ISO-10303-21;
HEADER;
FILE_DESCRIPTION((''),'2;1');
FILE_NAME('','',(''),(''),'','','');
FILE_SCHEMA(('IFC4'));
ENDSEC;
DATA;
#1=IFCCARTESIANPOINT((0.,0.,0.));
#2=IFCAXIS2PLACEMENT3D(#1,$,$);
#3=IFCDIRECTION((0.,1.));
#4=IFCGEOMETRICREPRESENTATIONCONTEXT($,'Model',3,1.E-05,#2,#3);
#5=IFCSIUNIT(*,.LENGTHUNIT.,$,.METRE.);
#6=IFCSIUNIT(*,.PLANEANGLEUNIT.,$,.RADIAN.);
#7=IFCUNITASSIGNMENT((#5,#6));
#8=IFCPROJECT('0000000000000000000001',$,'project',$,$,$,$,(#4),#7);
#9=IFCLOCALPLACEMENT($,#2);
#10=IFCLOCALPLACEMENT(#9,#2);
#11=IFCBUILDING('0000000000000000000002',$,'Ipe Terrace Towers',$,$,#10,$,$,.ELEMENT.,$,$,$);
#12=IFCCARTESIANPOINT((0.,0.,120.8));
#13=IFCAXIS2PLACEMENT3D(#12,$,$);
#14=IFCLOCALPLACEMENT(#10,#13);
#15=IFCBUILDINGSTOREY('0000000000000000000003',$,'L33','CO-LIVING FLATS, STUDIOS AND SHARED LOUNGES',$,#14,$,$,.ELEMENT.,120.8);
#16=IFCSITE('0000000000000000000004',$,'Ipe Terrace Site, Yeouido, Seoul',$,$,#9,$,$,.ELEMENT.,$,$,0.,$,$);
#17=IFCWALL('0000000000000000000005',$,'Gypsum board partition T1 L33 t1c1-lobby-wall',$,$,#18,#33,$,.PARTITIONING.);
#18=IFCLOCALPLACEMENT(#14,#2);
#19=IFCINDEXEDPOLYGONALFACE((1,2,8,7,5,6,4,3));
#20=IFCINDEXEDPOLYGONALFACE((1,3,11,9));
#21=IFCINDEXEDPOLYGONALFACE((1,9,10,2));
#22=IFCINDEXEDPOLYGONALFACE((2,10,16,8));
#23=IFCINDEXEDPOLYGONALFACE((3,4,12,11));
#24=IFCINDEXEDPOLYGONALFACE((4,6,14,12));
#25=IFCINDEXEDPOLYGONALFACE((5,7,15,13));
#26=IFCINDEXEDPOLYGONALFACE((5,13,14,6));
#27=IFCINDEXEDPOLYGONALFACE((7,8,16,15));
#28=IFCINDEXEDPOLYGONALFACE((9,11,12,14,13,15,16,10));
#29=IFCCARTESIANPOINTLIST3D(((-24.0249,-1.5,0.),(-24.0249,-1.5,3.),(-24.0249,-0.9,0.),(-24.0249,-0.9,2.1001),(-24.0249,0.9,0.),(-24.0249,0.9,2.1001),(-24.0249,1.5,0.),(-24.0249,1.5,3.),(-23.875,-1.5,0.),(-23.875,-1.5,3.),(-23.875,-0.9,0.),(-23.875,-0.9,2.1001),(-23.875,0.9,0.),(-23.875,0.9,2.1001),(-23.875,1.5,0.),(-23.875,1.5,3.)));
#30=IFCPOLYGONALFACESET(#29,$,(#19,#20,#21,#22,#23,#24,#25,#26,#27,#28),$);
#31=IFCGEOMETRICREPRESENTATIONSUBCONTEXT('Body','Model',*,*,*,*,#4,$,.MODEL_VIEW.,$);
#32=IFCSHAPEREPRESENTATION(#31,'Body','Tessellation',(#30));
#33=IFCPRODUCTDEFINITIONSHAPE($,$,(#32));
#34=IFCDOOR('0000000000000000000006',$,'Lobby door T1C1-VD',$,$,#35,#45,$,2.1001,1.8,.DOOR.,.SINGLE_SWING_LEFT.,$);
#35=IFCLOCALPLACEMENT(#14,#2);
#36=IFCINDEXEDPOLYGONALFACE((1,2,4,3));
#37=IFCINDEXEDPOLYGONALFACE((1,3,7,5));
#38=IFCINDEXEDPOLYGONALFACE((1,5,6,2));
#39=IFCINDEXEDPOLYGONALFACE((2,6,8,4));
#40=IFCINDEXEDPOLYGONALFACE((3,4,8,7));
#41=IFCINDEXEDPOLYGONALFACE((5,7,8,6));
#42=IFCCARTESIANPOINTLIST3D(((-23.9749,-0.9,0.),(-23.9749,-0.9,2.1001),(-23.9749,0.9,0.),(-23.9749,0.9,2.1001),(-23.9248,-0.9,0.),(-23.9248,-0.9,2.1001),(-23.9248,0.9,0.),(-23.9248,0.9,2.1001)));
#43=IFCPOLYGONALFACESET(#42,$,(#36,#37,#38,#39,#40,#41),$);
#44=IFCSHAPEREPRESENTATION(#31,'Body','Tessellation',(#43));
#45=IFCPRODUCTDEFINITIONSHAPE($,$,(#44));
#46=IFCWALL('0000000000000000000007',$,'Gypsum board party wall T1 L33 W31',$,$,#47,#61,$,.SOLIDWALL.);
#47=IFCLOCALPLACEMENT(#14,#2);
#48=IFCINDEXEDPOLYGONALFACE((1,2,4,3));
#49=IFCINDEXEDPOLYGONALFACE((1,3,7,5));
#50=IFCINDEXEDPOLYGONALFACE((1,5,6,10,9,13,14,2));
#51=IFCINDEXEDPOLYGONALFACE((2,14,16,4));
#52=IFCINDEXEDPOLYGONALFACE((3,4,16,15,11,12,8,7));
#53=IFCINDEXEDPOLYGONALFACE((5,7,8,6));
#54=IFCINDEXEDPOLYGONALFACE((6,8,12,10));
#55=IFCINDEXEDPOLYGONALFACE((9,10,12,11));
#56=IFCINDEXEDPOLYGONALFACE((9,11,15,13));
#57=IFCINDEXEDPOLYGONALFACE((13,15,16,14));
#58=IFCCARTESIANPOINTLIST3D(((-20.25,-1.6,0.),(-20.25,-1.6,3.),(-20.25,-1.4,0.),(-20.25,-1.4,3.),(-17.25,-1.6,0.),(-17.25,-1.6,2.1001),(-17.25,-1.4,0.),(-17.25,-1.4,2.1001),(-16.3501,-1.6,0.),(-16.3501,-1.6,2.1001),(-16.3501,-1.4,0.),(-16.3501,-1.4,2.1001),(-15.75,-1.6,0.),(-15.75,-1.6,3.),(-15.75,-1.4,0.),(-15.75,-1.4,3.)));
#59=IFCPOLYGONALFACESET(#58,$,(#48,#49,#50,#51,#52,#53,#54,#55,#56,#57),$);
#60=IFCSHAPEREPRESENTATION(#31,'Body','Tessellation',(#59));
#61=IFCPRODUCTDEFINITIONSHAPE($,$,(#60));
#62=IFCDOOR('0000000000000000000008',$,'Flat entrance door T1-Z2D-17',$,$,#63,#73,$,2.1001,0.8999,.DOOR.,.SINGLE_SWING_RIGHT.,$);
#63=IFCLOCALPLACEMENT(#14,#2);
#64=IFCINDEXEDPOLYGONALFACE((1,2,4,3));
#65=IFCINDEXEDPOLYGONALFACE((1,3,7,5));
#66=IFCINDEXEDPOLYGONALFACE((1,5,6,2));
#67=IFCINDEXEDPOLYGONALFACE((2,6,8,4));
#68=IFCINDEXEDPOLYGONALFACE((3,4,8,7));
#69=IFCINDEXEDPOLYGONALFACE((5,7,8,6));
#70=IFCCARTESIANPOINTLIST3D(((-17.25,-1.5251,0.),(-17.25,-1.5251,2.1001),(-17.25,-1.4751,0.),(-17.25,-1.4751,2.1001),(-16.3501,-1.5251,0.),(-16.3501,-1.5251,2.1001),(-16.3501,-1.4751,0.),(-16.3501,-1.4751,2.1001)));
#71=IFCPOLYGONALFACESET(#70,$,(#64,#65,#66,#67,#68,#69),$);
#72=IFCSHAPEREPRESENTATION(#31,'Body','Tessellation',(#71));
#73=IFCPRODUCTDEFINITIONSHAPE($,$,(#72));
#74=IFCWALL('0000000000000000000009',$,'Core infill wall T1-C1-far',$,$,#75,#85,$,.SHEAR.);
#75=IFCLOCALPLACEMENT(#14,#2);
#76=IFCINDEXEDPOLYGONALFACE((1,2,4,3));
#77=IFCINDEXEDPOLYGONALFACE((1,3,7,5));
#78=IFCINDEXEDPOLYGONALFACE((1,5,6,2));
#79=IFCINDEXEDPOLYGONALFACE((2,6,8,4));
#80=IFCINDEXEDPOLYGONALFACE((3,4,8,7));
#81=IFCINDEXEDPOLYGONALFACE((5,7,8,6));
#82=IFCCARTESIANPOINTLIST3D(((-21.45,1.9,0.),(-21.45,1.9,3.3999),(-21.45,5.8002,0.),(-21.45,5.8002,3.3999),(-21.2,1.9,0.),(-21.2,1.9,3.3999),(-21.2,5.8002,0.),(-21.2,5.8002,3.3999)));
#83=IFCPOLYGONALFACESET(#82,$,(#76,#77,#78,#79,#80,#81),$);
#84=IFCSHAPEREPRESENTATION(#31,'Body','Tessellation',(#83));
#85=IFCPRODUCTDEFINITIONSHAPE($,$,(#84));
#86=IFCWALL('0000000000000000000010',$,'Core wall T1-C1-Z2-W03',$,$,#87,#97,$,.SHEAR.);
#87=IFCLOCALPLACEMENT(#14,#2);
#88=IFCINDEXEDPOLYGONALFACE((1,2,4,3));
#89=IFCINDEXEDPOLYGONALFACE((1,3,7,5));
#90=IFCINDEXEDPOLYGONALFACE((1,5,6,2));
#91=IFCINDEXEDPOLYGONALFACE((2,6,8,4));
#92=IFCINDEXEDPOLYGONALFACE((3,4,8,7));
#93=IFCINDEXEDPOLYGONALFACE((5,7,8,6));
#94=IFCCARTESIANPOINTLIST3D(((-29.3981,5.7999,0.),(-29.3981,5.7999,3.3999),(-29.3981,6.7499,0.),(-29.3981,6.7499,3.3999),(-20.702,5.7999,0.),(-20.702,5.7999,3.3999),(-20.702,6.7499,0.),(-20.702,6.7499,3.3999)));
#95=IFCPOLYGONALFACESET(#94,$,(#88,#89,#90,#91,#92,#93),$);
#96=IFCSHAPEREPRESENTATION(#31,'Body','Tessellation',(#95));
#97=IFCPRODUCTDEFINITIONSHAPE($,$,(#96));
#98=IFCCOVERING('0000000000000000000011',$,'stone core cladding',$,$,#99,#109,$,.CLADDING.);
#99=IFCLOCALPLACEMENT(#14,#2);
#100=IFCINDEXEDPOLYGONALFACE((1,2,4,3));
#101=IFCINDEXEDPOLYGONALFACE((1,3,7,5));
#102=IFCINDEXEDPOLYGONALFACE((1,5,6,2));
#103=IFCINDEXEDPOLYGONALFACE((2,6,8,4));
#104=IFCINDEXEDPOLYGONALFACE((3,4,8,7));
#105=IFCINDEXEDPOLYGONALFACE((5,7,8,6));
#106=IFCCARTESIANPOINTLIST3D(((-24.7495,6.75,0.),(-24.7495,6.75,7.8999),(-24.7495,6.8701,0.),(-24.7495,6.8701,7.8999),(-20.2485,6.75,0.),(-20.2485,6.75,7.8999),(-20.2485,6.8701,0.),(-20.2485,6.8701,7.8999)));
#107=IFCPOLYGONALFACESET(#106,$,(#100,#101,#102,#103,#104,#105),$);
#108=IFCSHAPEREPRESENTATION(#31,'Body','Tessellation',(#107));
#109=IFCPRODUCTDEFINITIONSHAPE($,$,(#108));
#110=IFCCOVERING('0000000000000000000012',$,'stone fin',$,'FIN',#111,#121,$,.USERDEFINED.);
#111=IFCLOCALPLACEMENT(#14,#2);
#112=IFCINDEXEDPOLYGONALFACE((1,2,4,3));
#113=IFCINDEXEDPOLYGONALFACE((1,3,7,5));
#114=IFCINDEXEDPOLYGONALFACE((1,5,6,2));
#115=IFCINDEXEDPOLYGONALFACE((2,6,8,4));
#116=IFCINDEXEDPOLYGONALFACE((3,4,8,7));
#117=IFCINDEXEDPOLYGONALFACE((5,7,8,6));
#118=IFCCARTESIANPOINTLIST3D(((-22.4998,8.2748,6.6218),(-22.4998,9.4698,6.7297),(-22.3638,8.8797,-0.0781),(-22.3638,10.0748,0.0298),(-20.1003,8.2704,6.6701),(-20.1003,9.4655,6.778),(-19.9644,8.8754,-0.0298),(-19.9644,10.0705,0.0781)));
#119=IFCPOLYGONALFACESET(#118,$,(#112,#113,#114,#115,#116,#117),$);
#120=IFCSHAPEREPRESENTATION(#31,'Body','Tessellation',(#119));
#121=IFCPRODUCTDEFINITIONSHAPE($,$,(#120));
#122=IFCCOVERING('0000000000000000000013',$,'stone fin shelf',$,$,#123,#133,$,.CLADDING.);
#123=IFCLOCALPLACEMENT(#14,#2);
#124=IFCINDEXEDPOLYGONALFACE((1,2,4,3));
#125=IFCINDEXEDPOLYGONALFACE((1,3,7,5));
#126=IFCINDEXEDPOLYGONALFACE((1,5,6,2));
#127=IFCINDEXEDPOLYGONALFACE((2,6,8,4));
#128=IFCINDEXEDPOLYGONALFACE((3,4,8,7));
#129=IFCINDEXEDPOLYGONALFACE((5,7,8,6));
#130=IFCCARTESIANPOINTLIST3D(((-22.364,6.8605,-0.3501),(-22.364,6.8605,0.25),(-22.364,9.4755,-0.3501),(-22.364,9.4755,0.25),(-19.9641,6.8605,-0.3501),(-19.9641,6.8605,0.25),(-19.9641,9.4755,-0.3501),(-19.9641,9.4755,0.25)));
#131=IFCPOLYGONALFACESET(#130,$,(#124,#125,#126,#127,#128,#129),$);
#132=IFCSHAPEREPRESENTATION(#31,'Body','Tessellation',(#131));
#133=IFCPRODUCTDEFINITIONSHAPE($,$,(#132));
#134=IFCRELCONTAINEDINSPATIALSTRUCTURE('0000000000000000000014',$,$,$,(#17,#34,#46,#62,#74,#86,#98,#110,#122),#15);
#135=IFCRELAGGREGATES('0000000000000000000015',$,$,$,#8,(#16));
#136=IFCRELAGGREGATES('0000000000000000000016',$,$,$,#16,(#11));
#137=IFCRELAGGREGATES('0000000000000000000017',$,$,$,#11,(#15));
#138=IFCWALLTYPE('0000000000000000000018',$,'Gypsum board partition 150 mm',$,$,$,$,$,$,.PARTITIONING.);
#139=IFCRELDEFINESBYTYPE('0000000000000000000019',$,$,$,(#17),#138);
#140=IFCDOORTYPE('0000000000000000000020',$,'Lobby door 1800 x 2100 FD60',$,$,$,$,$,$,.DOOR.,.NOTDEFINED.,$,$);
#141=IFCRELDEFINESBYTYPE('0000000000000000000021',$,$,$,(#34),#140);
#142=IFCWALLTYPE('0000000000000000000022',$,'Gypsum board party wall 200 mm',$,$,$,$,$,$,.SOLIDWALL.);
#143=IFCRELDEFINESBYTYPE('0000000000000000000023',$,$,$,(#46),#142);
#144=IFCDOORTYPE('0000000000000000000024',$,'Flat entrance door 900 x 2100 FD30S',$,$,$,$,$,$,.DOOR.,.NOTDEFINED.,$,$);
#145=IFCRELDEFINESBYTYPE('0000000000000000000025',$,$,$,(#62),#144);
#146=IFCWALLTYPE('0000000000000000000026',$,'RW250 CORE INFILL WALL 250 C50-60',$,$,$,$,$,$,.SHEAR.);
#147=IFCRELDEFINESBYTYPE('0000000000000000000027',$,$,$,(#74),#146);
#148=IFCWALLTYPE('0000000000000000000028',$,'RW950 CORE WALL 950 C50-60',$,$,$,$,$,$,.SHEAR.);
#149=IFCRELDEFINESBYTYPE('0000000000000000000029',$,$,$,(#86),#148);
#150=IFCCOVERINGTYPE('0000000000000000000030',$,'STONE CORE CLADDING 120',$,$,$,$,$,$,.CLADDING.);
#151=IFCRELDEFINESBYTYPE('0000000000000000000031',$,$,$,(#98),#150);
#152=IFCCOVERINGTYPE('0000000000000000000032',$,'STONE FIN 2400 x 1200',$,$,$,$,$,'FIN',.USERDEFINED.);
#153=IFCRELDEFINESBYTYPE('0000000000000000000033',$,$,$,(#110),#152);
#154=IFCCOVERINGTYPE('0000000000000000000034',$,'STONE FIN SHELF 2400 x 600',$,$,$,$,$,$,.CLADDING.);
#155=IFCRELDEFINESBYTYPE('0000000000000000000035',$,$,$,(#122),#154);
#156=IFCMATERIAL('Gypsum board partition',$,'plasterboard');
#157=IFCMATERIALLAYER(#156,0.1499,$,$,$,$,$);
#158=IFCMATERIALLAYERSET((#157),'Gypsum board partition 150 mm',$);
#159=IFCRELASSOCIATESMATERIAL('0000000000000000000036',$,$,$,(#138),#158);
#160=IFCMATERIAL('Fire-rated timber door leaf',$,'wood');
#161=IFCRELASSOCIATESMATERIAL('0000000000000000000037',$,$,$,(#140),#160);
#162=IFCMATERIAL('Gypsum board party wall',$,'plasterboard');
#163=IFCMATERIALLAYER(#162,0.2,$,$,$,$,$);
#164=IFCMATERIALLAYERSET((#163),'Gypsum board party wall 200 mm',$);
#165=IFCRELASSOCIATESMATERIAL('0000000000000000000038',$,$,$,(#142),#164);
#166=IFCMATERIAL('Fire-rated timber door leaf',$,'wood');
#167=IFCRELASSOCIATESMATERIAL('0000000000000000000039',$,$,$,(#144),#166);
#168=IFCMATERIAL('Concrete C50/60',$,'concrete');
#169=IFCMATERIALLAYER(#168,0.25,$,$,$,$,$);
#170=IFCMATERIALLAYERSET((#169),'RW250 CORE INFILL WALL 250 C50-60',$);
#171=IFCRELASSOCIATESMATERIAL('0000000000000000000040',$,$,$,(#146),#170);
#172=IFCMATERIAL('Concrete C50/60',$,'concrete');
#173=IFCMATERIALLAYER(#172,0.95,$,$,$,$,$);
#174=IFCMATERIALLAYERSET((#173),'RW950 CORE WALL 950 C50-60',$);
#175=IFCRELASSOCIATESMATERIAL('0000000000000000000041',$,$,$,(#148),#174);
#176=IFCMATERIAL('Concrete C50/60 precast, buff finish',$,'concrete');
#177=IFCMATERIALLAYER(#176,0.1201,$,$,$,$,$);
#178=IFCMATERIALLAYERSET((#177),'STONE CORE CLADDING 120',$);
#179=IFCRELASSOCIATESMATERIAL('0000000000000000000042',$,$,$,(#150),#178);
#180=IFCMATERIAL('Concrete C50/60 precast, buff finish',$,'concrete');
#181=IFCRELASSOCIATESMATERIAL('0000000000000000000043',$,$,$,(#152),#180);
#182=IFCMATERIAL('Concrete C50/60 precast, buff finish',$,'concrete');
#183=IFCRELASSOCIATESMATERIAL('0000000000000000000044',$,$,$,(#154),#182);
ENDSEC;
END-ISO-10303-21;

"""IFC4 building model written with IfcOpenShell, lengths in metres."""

from ifc_helpers import new_model, si_unit, direction, frame, frame_2d, origin, origin_2d, place, context, subcontext, project, spatial, rectangle, extrude, material, layer, layer_set, material_profile, profile_set, type_object, element, fill, save


model = new_model("IFC4")

# Units and contexts
model_context = context("Model", 3, precision=1e-05, world=origin(), true_north=direction((0.0, 1.0)))
body_context = subcontext(model_context, "Body", "Model", "MODEL_VIEW")
ifc_project = project(units=[si_unit("LENGTHUNIT", "METRE"), si_unit("PLANEANGLEUNIT", "RADIAN")], contexts=[model_context])

# Site, building, storey
site_placement = place(None, origin())
site = spatial("IfcSite", under=ifc_project, at=site_placement, Name="Ipe Terrace Site, Yeouido, Seoul", CompositionType="ELEMENT", RefElevation=0.0)
building_placement = place(site_placement, origin())
building = spatial("IfcBuilding", under=site, at=building_placement, Name="Ipe Terrace Towers", CompositionType="ELEMENT")
storey_placement = place(building_placement, frame((0.0, 0.0, 120.8)))
storey = spatial("IfcBuildingStorey", under=building, at=storey_placement, Name="L33", Description="CO-LIVING FLATS, STUDIOS AND SHARED LOUNGES", CompositionType="ELEMENT", Elevation=120.8)

# Walls, openings, doors
ifc_material_1 = material(Name="Gypsum board partition", Category="plasterboard")
ifc_layer_1 = layer(ifc_material_1, 0.1499)
ifc_layer_set_1 = layer_set([ifc_layer_1], Name="Gypsum board partition 150 mm")
wall_type_1 = type_object("IfcWallType", Name="Gypsum board partition 150 mm", PredefinedType="PARTITIONING", material=ifc_layer_set_1)
wall_1_placement = place(storey_placement, frame((-23.95, -1.5, 0.0), z_axis=(0.0, 0.0, 1.0), x_axis=(0.0, 1.0, 0.0)))
wall_1 = element("IfcWall", 1, at=wall_1_placement, inside=storey, type_object=wall_type_1, Name="Gypsum board partition T1 L33 t1c1-lobby-wall", PredefinedType="PARTITIONING", context=body_context, shape_type="SweptSolid", body=[
    extrude(rectangle(XDim=3.0, YDim=0.1499, at=frame_2d((1.5, 0.0))), origin(), (0.0, 0.0, 1.0), 3.0),
])
opening_1_placement = place(wall_1_placement, frame((0.6001, 0.0, 0.0)))
opening_1 = element("IfcOpeningElement", 2, at=opening_1_placement, cuts=wall_1, PredefinedType="OPENING", context=body_context, shape_type="SweptSolid", body=[
    extrude(rectangle(XDim=1.8, YDim=2.1001, at=frame_2d((0.8999, 1.05))), frame((0.0, 0.085, 0.0), z_axis=(0.0, -1.0, 0.0), x_axis=(1.0, 0.0, 0.0)), (0.0, 0.0, 1.0), 0.1699),
])
ifc_material_2 = material(Name="Fire-rated timber door leaf", Category="wood")
door_type_1 = type_object("IfcDoorType", Name="Lobby door 1800 x 2100 FD60", OperationType="NOTDEFINED", PredefinedType="DOOR", material=ifc_material_2)
door_1_placement = place(opening_1_placement, origin())
door_1 = element("IfcDoor", 3, at=door_1_placement, inside=storey, type_object=door_type_1, Name="Lobby door T1C1-VD", OperationType="SINGLE_SWING_LEFT", OverallHeight=2.1001, OverallWidth=1.8, PredefinedType="DOOR", context=body_context, shape_type="SweptSolid", body=[
    extrude(rectangle(XDim=1.8, YDim=2.1001, at=frame_2d((0.8999, 1.05))), frame((0.0, 0.0249, 0.0), z_axis=(0.0, -1.0, 0.0), x_axis=(1.0, 0.0, 0.0)), (0.0, 0.0, 1.0), 0.05),
])
fill(opening_1, door_1)
ifc_material_3 = material(Name="Gypsum board party wall", Category="plasterboard")
ifc_layer_2 = layer(ifc_material_3, 0.2)
ifc_layer_set_2 = layer_set([ifc_layer_2], Name="Gypsum board party wall 200 mm")
wall_type_2 = type_object("IfcWallType", Name="Gypsum board party wall 200 mm", PredefinedType="SOLIDWALL", material=ifc_layer_set_2)
wall_2_placement = place(storey_placement, frame((-20.25, -1.5, 0.0), z_axis=(0.0, 0.0, 1.0), x_axis=(1.0, 0.0, 0.0)))
wall_2 = element("IfcWall", 4, at=wall_2_placement, inside=storey, type_object=wall_type_2, Name="Gypsum board party wall T1 L33 W31", PredefinedType="SOLIDWALL", context=body_context, shape_type="SweptSolid", body=[
    extrude(rectangle(XDim=4.5, YDim=0.2, at=frame_2d((2.25, 0.0))), origin(), (0.0, 0.0, 1.0), 3.0),
])
opening_2_placement = place(wall_2_placement, frame((3.0, 0.0, 0.0)))
opening_2 = element("IfcOpeningElement", 5, at=opening_2_placement, cuts=wall_2, PredefinedType="OPENING", context=body_context, shape_type="SweptSolid", body=[
    extrude(rectangle(XDim=0.8999, YDim=2.1001, at=frame_2d((0.45, 1.05))), frame((0.0, 0.1099, 0.0), z_axis=(0.0, -1.0, 0.0), x_axis=(1.0, 0.0, 0.0)), (0.0, 0.0, 1.0), 0.22),
])
ifc_material_4 = material(Name="Fire-rated timber door leaf", Category="wood")
door_type_2 = type_object("IfcDoorType", Name="Flat entrance door 900 x 2100 FD30S", OperationType="NOTDEFINED", PredefinedType="DOOR", material=ifc_material_4)
door_2_placement = place(opening_2_placement, origin())
door_2 = element("IfcDoor", 6, at=door_2_placement, inside=storey, type_object=door_type_2, Name="Flat entrance door T1-Z2D-17", OperationType="SINGLE_SWING_RIGHT", OverallHeight=2.1001, OverallWidth=0.8999, PredefinedType="DOOR", context=body_context, shape_type="SweptSolid", body=[
    extrude(rectangle(XDim=0.8999, YDim=2.1001, at=frame_2d((0.45, 1.05))), frame((0.0, 0.0249, 0.0), z_axis=(0.0, -1.0, 0.0), x_axis=(1.0, 0.0, 0.0)), (0.0, 0.0, 1.0), 0.05),
])
fill(opening_2, door_2)

# Walls
ifc_material_5 = material(Name="Concrete C50/60", Category="concrete")
ifc_layer_3 = layer(ifc_material_5, 0.25)
ifc_layer_set_3 = layer_set([ifc_layer_3], Name="RW250 CORE INFILL WALL 250 C50-60")
wall_type_3 = type_object("IfcWallType", Name="RW250 CORE INFILL WALL 250 C50-60", PredefinedType="SHEAR", material=ifc_layer_set_3)
wall_3_placement = place(storey_placement, frame((-21.325, 1.8999, 0.0), z_axis=(0.0, 0.0, 1.0), x_axis=(0.0, 1.0, 0.0)))
element("IfcWall", 7, at=wall_3_placement, inside=storey, type_object=wall_type_3, Name="Core infill wall T1-C1-far", PredefinedType="SHEAR", context=body_context, shape_type="SweptSolid", body=[
    extrude(rectangle(XDim=3.9001, YDim=0.25, at=frame_2d((1.9502, 0.0))), origin(), (0.0, 0.0, 1.0), 3.3999),
])
ifc_material_6 = material(Name="Concrete C50/60", Category="concrete")
ifc_layer_4 = layer(ifc_material_6, 0.95)
ifc_layer_set_4 = layer_set([ifc_layer_4], Name="RW950 CORE WALL 950 C50-60")
wall_type_4 = type_object("IfcWallType", Name="RW950 CORE WALL 950 C50-60", PredefinedType="SHEAR", material=ifc_layer_set_4)
wall_4_placement = place(storey_placement, frame((-20.7019, 6.2749, 0.0), z_axis=(0.0, 0.0, 1.0), x_axis=(-1.0, 0.0, 0.0)))
element("IfcWall", 8, at=wall_4_placement, inside=storey, type_object=wall_type_4, Name="Core wall T1-C1-Z2-W03", PredefinedType="SHEAR", context=body_context, shape_type="SweptSolid", body=[
    extrude(rectangle(XDim=8.696, YDim=0.95, at=frame_2d((4.3481, 0.0))), origin(), (0.0, 0.0, 1.0), 3.3999),
])

# Coverings
ifc_material_7 = material(Name="Concrete C50/60 precast, buff finish", Category="concrete")
ifc_layer_5 = layer(ifc_material_7, 0.1201)
ifc_layer_set_5 = layer_set([ifc_layer_5], Name="STONE CORE CLADDING 120")
covering_type_1 = type_object("IfcCoveringType", Name="STONE CORE CLADDING 120", PredefinedType="CLADDING", material=ifc_layer_set_5)
covering_1_placement = place(storey_placement, frame((-22.499, 6.8101, 0.0), z_axis=(0.0, 0.0, 1.0), x_axis=(-1.0, 0.0, 0.0)))
element("IfcCovering", 9, at=covering_1_placement, inside=storey, type_object=covering_type_1, Name="stone core cladding", PredefinedType="CLADDING", context=body_context, shape_type="SweptSolid", body=[
    extrude(rectangle(XDim=4.501, YDim=0.1201, at=origin_2d()), origin(), (0.0, 0.0, 1.0), 7.8999),
])
ifc_material_8 = material(Name="Concrete C50/60 precast, buff finish", Category="concrete")
ifc_material_profile_1 = material_profile(ifc_material_8, rectangle(XDim=2.3999, YDim=1.2, at=origin_2d()), Name="STONE FIN 2400 x 1200")
ifc_profile_set_1 = profile_set([ifc_material_profile_1], Name="Concrete C50/60 precast, buff finish")
covering_type_2 = type_object("IfcCoveringType", Name="STONE FIN 2400 x 1200", ElementType="FIN", PredefinedType="USERDEFINED", material=ifc_profile_set_1)
covering_2_placement = place(storey_placement, frame((-21.1641, 9.4751, 0.0), z_axis=(-0.02021, -0.089912, 0.995745), x_axis=(-0.999796, 0.001818, -0.020128)))
element("IfcCovering", 10, at=covering_2_placement, inside=storey, type_object=covering_type_2, Name="stone fin", ObjectType="FIN", PredefinedType="USERDEFINED", context=body_context, shape_type="SweptSolid", body=[
    extrude(rectangle(XDim=2.3999, YDim=1.2, at=origin_2d()), origin(), (0.0, 0.0, 1.0), 6.7285),
])
ifc_material_9 = material(Name="Concrete C50/60 precast, buff finish", Category="concrete")
covering_type_3 = type_object("IfcCoveringType", Name="STONE FIN SHELF 2400 x 600", PredefinedType="CLADDING", material=ifc_material_9)
covering_3_placement = place(storey_placement, frame((-21.1641, 8.168, -0.3501), z_axis=(0.0, 0.0, 1.0), x_axis=(-1.0, 0.0, 0.0)))
element("IfcCovering", 11, at=covering_3_placement, inside=storey, type_object=covering_type_3, Name="stone fin shelf", PredefinedType="CLADDING", context=body_context, shape_type="SweptSolid", body=[
    extrude(rectangle(XDim=2.3999, YDim=2.615, at=origin_2d()), origin(), (0.0, 0.0, 1.0), 0.6001),
])

save(model, "model.ifc")
